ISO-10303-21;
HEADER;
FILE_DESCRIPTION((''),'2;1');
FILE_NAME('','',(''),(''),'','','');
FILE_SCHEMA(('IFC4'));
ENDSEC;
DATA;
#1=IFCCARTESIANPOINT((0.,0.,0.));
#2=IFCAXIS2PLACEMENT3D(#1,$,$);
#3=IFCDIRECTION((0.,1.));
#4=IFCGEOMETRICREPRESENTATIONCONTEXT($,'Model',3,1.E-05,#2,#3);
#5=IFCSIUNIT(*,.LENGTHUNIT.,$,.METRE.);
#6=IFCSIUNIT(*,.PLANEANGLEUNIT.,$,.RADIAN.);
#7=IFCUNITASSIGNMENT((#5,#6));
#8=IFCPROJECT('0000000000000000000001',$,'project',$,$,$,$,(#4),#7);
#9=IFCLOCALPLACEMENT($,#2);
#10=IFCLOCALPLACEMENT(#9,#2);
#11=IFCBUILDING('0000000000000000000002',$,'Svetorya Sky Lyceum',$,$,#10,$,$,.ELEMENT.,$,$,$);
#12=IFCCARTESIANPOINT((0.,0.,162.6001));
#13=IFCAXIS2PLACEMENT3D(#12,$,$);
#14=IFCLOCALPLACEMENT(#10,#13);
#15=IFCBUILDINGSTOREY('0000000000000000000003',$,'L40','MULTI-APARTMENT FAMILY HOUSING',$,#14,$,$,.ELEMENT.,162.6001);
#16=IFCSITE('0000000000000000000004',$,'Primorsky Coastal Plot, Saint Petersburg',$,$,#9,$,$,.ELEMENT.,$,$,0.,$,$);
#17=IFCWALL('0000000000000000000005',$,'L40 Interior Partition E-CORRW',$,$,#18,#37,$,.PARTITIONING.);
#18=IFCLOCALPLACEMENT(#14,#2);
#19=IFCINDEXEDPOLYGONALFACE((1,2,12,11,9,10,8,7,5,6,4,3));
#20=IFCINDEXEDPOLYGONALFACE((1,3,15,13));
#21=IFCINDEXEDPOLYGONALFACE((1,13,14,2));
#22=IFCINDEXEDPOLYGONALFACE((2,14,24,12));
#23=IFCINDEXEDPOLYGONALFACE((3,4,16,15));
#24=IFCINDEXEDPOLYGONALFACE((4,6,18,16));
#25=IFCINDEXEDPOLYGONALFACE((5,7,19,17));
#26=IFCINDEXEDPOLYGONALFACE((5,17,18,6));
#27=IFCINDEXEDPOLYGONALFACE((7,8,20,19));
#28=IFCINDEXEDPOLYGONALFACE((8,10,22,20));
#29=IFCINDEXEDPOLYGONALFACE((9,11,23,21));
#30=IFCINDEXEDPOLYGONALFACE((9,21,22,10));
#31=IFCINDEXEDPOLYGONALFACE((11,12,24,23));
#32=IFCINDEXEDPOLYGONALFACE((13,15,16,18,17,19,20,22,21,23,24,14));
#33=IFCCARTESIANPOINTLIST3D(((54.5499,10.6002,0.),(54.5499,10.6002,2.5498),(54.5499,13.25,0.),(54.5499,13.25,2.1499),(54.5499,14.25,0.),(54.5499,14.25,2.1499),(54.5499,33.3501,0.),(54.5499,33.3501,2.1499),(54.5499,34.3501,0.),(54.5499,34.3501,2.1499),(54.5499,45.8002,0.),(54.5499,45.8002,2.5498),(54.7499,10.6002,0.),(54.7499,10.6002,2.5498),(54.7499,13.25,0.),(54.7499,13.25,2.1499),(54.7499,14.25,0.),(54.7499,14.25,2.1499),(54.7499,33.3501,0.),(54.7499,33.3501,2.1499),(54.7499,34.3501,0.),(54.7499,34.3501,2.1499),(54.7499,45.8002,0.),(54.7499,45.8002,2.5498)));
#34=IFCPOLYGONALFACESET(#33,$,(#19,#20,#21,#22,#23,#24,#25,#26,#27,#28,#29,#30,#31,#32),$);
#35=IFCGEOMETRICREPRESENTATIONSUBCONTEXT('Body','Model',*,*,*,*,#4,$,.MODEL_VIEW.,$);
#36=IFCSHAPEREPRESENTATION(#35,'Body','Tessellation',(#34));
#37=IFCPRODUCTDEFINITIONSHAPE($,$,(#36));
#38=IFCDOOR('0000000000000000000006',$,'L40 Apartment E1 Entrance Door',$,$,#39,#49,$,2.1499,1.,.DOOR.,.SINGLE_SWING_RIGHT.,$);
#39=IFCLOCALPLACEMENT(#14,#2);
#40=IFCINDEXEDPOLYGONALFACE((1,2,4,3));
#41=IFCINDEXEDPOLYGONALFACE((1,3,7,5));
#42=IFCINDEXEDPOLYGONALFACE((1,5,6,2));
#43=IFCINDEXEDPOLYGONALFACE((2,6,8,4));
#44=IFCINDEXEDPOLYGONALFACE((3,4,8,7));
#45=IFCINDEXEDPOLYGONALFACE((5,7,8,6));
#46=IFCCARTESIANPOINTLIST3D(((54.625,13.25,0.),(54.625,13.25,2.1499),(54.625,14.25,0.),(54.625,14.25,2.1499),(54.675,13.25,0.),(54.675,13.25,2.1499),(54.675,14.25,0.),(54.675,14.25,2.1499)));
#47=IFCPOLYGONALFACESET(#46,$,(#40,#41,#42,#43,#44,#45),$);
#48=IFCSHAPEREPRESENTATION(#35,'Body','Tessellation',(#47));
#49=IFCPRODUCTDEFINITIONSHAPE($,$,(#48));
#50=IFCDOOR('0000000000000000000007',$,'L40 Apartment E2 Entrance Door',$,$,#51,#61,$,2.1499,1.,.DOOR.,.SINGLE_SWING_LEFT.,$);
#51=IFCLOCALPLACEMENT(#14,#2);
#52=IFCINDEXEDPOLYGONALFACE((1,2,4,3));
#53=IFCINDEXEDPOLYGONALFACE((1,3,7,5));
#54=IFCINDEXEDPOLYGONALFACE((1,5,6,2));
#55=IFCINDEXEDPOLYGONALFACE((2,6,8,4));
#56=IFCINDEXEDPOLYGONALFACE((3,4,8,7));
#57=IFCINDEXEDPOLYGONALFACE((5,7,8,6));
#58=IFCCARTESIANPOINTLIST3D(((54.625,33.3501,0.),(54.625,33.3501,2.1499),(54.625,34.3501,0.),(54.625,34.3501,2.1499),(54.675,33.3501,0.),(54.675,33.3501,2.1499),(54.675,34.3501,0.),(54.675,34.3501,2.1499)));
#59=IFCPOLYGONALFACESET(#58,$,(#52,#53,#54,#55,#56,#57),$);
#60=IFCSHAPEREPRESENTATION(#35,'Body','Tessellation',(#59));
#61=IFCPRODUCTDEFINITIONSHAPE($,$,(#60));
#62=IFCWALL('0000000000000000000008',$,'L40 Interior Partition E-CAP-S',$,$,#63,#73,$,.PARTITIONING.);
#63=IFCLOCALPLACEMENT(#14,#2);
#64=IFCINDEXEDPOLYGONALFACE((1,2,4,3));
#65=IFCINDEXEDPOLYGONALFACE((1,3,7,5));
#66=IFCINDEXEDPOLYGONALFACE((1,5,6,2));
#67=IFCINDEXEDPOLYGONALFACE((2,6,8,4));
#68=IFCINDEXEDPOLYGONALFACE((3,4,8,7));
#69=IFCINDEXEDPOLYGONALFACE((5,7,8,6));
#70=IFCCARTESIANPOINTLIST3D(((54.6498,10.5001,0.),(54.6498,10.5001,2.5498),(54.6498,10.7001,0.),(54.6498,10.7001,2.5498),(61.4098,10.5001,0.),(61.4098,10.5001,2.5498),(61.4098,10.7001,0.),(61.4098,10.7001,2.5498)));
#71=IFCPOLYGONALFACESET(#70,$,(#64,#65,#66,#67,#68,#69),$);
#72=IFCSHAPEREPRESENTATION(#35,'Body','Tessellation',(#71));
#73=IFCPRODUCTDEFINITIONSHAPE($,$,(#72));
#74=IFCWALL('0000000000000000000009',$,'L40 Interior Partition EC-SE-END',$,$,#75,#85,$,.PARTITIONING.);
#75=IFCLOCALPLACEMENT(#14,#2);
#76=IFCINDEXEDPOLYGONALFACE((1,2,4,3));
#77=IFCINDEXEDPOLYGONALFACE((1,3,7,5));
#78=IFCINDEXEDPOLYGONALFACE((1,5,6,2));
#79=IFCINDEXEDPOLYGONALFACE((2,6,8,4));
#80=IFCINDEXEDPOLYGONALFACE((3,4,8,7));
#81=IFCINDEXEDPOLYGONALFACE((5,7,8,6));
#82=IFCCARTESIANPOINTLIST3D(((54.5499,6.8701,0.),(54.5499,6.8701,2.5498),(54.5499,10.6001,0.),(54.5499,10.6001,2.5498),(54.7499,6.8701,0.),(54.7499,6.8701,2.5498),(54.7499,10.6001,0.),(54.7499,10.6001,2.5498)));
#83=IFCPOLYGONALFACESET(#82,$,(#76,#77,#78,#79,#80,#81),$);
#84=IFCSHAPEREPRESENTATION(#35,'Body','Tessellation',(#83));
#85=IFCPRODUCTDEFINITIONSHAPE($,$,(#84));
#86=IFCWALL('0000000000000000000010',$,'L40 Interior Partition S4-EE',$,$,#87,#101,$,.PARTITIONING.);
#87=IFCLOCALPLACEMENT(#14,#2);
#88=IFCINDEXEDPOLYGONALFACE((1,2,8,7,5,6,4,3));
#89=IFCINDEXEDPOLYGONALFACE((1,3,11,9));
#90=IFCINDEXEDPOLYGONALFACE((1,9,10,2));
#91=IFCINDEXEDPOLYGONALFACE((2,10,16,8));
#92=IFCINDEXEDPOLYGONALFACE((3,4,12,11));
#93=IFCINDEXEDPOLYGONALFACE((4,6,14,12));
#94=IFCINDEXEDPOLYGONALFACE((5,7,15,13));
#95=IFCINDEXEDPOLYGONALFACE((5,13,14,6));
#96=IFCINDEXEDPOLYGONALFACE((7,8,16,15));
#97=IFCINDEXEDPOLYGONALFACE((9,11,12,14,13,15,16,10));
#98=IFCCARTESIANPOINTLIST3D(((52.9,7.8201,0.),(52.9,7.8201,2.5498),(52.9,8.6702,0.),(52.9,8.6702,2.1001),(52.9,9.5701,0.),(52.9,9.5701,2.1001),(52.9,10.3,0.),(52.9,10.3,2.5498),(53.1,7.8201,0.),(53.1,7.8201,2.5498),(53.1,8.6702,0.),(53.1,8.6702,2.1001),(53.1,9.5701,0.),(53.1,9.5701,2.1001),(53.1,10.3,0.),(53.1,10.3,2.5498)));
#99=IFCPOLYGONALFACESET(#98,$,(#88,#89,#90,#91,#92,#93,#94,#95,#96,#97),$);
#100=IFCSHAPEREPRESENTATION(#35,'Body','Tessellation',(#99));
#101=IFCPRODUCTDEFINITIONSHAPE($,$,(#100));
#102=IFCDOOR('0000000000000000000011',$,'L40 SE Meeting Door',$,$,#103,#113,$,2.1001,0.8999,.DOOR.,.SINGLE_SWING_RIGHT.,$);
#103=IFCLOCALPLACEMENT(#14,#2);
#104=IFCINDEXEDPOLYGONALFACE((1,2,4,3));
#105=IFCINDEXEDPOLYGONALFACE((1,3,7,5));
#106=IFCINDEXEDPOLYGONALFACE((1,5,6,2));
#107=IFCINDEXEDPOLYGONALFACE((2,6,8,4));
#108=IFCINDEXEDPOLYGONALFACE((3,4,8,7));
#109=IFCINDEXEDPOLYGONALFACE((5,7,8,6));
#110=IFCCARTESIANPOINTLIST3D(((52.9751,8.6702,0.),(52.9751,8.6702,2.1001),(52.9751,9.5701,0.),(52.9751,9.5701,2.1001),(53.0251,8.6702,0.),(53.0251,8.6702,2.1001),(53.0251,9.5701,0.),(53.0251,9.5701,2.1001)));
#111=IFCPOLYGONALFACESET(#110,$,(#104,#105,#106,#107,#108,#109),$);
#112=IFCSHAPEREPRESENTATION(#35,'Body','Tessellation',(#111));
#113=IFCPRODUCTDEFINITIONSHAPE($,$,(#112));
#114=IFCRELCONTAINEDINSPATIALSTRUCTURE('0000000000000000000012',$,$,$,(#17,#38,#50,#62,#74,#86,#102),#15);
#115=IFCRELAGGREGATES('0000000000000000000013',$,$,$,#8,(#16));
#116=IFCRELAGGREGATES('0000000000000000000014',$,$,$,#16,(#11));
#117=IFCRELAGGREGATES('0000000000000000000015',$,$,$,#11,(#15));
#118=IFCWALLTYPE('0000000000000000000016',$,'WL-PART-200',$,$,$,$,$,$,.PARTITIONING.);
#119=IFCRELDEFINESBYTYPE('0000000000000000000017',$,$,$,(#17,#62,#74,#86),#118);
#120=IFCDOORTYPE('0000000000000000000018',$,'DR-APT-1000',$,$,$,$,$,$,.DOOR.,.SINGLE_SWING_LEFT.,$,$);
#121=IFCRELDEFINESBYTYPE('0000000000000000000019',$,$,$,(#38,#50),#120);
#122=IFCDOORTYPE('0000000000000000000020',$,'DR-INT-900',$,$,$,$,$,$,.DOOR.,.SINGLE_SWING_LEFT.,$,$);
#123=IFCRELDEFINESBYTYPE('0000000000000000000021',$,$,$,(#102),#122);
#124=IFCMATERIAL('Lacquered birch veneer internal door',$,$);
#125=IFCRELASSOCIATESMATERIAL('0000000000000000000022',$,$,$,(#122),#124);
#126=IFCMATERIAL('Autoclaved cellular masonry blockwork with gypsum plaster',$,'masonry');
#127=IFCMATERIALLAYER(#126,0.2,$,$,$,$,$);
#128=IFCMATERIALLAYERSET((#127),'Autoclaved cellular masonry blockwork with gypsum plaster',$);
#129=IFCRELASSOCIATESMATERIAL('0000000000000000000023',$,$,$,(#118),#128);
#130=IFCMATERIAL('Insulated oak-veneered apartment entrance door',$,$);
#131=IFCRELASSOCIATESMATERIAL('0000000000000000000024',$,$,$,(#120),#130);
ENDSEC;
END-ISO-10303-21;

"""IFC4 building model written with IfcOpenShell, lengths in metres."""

from ifc_helpers import new_model, si_unit, direction, frame, frame_2d, origin, place, context, subcontext, project, spatial, rectangle, extrude, material, layer, layer_set, type_object, element, fill, save


model = new_model("IFC4")

# Units and contexts
model_context = context("Model", 3, precision=1e-05, world=origin(), true_north=direction((0.0, 1.0)))
body_context = subcontext(model_context, "Body", "Model", "MODEL_VIEW")
ifc_project = project(units=[si_unit("LENGTHUNIT", "METRE"), si_unit("PLANEANGLEUNIT", "RADIAN")], contexts=[model_context])

# Site, building, storey
site_placement = place(None, origin())
site = spatial("IfcSite", under=ifc_project, at=site_placement, Name="Primorsky Coastal Plot, Saint Petersburg", CompositionType="ELEMENT", RefElevation=0.0)
building_placement = place(site_placement, origin())
building = spatial("IfcBuilding", under=site, at=building_placement, Name="Svetorya Sky Lyceum", CompositionType="ELEMENT")
storey_placement = place(building_placement, frame((0.0, 0.0, 162.6001)))
storey = spatial("IfcBuildingStorey", under=building, at=storey_placement, Name="L40", Description="MULTI-APARTMENT FAMILY HOUSING", CompositionType="ELEMENT", Elevation=162.6001)

# Wall, openings, doors
ifc_material_1 = material(Name="Lacquered birch veneer internal door")
door_type_1 = type_object("IfcDoorType", Name="DR-INT-900", OperationType="SINGLE_SWING_LEFT", PredefinedType="DOOR", material=ifc_material_1)
ifc_material_2 = material(Name="Autoclaved cellular masonry blockwork with gypsum plaster", Category="masonry")
ifc_layer_1 = layer(ifc_material_2, 0.2)
ifc_layer_set_1 = layer_set([ifc_layer_1], Name="Autoclaved cellular masonry blockwork with gypsum plaster")
wall_type_1 = type_object("IfcWallType", Name="WL-PART-200", PredefinedType="PARTITIONING", material=ifc_layer_set_1)
wall_1_placement = place(storey_placement, frame((54.6499, 10.6001, 0.0), z_axis=(0.0, 0.0, 1.0), x_axis=(0.0, 1.0, 0.0)))
wall_1 = element("IfcWall", 1, at=wall_1_placement, inside=storey, type_object=wall_type_1, Name="L40 Interior Partition E-CORRW", PredefinedType="PARTITIONING", context=body_context, shape_type="SweptSolid", body=[
    extrude(rectangle(XDim=35.2, YDim=0.2, at=frame_2d((17.6001, 0.0))), origin(), (0.0, 0.0, 1.0), 2.5498),
])
opening_1_placement = place(wall_1_placement, frame((2.6499, 0.0, 0.0)))
opening_1 = element("IfcOpeningElement", 2, at=opening_1_placement, cuts=wall_1, PredefinedType="OPENING", context=body_context, shape_type="SweptSolid", body=[
    extrude(rectangle(XDim=1.0, YDim=2.1499, at=frame_2d((0.5, 1.075))), frame((0.0, 0.1099, 0.0), z_axis=(0.0, -1.0, 0.0), x_axis=(1.0, 0.0, 0.0)), (0.0, 0.0, 1.0), 0.22),
])
opening_2_placement = place(wall_1_placement, frame((22.75, 0.0, 0.0)))
opening_2 = element("IfcOpeningElement", 3, at=opening_2_placement, cuts=wall_1, PredefinedType="OPENING", context=body_context, shape_type="SweptSolid", body=[
    extrude(rectangle(XDim=1.0, YDim=2.1499, at=frame_2d((0.5, 1.075))), frame((0.0, 0.1099, 0.0), z_axis=(0.0, -1.0, 0.0), x_axis=(1.0, 0.0, 0.0)), (0.0, 0.0, 1.0), 0.22),
])
ifc_material_3 = material(Name="Insulated oak-veneered apartment entrance door")
door_type_2 = type_object("IfcDoorType", Name="DR-APT-1000", OperationType="SINGLE_SWING_LEFT", PredefinedType="DOOR", material=ifc_material_3)
door_1_placement = place(opening_1_placement, origin())
door_1 = element("IfcDoor", 4, at=door_1_placement, inside=storey, type_object=door_type_2, Name="L40 Apartment E1 Entrance Door", OperationType="SINGLE_SWING_RIGHT", OverallHeight=2.1499, OverallWidth=1.0, PredefinedType="DOOR", context=body_context, shape_type="SweptSolid", body=[
    extrude(rectangle(XDim=1.0, YDim=2.1499, at=frame_2d((0.5, 1.075))), frame((0.0, 0.0249, 0.0), z_axis=(0.0, -1.0, 0.0), x_axis=(1.0, 0.0, 0.0)), (0.0, 0.0, 1.0), 0.05),
])
fill(opening_1, door_1)
door_2_placement = place(opening_2_placement, origin())
door_2 = element("IfcDoor", 5, at=door_2_placement, inside=storey, type_object=door_type_2, Name="L40 Apartment E2 Entrance Door", OperationType="SINGLE_SWING_LEFT", OverallHeight=2.1499, OverallWidth=1.0, PredefinedType="DOOR", context=body_context, shape_type="SweptSolid", body=[
    extrude(rectangle(XDim=1.0, YDim=2.1499, at=frame_2d((0.5, 1.075))), frame((0.0, 0.0249, 0.0), z_axis=(0.0, -1.0, 0.0), x_axis=(1.0, 0.0, 0.0)), (0.0, 0.0, 1.0), 0.05),
])
fill(opening_2, door_2)

# Walls
wall_2_placement = place(storey_placement, frame((54.6499, 10.6001, 0.0), z_axis=(0.0, 0.0, 1.0), x_axis=(1.0, 0.0, 0.0)))
element("IfcWall", 6, at=wall_2_placement, inside=storey, type_object=wall_type_1, Name="L40 Interior Partition E-CAP-S", PredefinedType="PARTITIONING", context=body_context, shape_type="SweptSolid", body=[
    extrude(rectangle(XDim=6.76, YDim=0.2, at=frame_2d((3.3799, 0.0))), origin(), (0.0, 0.0, 1.0), 2.5498),
])
wall_3_placement = place(storey_placement, frame((54.6499, 6.8701, 0.0), z_axis=(0.0, 0.0, 1.0), x_axis=(0.0, 1.0, 0.0)))
element("IfcWall", 7, at=wall_3_placement, inside=storey, type_object=wall_type_1, Name="L40 Interior Partition EC-SE-END", PredefinedType="PARTITIONING", context=body_context, shape_type="SweptSolid", body=[
    extrude(rectangle(XDim=3.73, YDim=0.2, at=frame_2d((1.865, 0.0))), origin(), (0.0, 0.0, 1.0), 2.5498),
])

# Wall, opening, door
wall_4_placement = place(storey_placement, frame((53.0, 7.8201, 0.0), z_axis=(0.0, 0.0, 1.0), x_axis=(0.0, 1.0, 0.0)))
wall_4 = element("IfcWall", 8, at=wall_4_placement, inside=storey, type_object=wall_type_1, Name="L40 Interior Partition S4-EE", PredefinedType="PARTITIONING", context=body_context, shape_type="SweptSolid", body=[
    extrude(rectangle(XDim=2.48, YDim=0.2, at=frame_2d((1.24, 0.0))), origin(), (0.0, 0.0, 1.0), 2.5498),
])
opening_3_placement = place(wall_4_placement, frame((0.8501, 0.0, 0.0)))
opening_3 = element("IfcOpeningElement", 9, at=opening_3_placement, cuts=wall_4, PredefinedType="OPENING", context=body_context, shape_type="SweptSolid", body=[
    extrude(rectangle(XDim=0.8999, YDim=2.1001, at=frame_2d((0.45, 1.05))), frame((0.0, 0.1099, 0.0), z_axis=(0.0, -1.0, 0.0), x_axis=(1.0, 0.0, 0.0)), (0.0, 0.0, 1.0), 0.22),
])
door_3_placement = place(opening_3_placement, origin())
door_3 = element("IfcDoor", 10, at=door_3_placement, inside=storey, type_object=door_type_1, Name="L40 SE Meeting Door", OperationType="SINGLE_SWING_RIGHT", OverallHeight=2.1001, OverallWidth=0.8999, PredefinedType="DOOR", context=body_context, shape_type="SweptSolid", body=[
    extrude(rectangle(XDim=0.8999, YDim=2.1001, at=frame_2d((0.45, 1.05))), frame((0.0, 0.0249, 0.0), z_axis=(0.0, -1.0, 0.0), x_axis=(1.0, 0.0, 0.0)), (0.0, 0.0, 1.0), 0.05),
])
fill(opening_3, door_3)

save(model, "model.ifc")
